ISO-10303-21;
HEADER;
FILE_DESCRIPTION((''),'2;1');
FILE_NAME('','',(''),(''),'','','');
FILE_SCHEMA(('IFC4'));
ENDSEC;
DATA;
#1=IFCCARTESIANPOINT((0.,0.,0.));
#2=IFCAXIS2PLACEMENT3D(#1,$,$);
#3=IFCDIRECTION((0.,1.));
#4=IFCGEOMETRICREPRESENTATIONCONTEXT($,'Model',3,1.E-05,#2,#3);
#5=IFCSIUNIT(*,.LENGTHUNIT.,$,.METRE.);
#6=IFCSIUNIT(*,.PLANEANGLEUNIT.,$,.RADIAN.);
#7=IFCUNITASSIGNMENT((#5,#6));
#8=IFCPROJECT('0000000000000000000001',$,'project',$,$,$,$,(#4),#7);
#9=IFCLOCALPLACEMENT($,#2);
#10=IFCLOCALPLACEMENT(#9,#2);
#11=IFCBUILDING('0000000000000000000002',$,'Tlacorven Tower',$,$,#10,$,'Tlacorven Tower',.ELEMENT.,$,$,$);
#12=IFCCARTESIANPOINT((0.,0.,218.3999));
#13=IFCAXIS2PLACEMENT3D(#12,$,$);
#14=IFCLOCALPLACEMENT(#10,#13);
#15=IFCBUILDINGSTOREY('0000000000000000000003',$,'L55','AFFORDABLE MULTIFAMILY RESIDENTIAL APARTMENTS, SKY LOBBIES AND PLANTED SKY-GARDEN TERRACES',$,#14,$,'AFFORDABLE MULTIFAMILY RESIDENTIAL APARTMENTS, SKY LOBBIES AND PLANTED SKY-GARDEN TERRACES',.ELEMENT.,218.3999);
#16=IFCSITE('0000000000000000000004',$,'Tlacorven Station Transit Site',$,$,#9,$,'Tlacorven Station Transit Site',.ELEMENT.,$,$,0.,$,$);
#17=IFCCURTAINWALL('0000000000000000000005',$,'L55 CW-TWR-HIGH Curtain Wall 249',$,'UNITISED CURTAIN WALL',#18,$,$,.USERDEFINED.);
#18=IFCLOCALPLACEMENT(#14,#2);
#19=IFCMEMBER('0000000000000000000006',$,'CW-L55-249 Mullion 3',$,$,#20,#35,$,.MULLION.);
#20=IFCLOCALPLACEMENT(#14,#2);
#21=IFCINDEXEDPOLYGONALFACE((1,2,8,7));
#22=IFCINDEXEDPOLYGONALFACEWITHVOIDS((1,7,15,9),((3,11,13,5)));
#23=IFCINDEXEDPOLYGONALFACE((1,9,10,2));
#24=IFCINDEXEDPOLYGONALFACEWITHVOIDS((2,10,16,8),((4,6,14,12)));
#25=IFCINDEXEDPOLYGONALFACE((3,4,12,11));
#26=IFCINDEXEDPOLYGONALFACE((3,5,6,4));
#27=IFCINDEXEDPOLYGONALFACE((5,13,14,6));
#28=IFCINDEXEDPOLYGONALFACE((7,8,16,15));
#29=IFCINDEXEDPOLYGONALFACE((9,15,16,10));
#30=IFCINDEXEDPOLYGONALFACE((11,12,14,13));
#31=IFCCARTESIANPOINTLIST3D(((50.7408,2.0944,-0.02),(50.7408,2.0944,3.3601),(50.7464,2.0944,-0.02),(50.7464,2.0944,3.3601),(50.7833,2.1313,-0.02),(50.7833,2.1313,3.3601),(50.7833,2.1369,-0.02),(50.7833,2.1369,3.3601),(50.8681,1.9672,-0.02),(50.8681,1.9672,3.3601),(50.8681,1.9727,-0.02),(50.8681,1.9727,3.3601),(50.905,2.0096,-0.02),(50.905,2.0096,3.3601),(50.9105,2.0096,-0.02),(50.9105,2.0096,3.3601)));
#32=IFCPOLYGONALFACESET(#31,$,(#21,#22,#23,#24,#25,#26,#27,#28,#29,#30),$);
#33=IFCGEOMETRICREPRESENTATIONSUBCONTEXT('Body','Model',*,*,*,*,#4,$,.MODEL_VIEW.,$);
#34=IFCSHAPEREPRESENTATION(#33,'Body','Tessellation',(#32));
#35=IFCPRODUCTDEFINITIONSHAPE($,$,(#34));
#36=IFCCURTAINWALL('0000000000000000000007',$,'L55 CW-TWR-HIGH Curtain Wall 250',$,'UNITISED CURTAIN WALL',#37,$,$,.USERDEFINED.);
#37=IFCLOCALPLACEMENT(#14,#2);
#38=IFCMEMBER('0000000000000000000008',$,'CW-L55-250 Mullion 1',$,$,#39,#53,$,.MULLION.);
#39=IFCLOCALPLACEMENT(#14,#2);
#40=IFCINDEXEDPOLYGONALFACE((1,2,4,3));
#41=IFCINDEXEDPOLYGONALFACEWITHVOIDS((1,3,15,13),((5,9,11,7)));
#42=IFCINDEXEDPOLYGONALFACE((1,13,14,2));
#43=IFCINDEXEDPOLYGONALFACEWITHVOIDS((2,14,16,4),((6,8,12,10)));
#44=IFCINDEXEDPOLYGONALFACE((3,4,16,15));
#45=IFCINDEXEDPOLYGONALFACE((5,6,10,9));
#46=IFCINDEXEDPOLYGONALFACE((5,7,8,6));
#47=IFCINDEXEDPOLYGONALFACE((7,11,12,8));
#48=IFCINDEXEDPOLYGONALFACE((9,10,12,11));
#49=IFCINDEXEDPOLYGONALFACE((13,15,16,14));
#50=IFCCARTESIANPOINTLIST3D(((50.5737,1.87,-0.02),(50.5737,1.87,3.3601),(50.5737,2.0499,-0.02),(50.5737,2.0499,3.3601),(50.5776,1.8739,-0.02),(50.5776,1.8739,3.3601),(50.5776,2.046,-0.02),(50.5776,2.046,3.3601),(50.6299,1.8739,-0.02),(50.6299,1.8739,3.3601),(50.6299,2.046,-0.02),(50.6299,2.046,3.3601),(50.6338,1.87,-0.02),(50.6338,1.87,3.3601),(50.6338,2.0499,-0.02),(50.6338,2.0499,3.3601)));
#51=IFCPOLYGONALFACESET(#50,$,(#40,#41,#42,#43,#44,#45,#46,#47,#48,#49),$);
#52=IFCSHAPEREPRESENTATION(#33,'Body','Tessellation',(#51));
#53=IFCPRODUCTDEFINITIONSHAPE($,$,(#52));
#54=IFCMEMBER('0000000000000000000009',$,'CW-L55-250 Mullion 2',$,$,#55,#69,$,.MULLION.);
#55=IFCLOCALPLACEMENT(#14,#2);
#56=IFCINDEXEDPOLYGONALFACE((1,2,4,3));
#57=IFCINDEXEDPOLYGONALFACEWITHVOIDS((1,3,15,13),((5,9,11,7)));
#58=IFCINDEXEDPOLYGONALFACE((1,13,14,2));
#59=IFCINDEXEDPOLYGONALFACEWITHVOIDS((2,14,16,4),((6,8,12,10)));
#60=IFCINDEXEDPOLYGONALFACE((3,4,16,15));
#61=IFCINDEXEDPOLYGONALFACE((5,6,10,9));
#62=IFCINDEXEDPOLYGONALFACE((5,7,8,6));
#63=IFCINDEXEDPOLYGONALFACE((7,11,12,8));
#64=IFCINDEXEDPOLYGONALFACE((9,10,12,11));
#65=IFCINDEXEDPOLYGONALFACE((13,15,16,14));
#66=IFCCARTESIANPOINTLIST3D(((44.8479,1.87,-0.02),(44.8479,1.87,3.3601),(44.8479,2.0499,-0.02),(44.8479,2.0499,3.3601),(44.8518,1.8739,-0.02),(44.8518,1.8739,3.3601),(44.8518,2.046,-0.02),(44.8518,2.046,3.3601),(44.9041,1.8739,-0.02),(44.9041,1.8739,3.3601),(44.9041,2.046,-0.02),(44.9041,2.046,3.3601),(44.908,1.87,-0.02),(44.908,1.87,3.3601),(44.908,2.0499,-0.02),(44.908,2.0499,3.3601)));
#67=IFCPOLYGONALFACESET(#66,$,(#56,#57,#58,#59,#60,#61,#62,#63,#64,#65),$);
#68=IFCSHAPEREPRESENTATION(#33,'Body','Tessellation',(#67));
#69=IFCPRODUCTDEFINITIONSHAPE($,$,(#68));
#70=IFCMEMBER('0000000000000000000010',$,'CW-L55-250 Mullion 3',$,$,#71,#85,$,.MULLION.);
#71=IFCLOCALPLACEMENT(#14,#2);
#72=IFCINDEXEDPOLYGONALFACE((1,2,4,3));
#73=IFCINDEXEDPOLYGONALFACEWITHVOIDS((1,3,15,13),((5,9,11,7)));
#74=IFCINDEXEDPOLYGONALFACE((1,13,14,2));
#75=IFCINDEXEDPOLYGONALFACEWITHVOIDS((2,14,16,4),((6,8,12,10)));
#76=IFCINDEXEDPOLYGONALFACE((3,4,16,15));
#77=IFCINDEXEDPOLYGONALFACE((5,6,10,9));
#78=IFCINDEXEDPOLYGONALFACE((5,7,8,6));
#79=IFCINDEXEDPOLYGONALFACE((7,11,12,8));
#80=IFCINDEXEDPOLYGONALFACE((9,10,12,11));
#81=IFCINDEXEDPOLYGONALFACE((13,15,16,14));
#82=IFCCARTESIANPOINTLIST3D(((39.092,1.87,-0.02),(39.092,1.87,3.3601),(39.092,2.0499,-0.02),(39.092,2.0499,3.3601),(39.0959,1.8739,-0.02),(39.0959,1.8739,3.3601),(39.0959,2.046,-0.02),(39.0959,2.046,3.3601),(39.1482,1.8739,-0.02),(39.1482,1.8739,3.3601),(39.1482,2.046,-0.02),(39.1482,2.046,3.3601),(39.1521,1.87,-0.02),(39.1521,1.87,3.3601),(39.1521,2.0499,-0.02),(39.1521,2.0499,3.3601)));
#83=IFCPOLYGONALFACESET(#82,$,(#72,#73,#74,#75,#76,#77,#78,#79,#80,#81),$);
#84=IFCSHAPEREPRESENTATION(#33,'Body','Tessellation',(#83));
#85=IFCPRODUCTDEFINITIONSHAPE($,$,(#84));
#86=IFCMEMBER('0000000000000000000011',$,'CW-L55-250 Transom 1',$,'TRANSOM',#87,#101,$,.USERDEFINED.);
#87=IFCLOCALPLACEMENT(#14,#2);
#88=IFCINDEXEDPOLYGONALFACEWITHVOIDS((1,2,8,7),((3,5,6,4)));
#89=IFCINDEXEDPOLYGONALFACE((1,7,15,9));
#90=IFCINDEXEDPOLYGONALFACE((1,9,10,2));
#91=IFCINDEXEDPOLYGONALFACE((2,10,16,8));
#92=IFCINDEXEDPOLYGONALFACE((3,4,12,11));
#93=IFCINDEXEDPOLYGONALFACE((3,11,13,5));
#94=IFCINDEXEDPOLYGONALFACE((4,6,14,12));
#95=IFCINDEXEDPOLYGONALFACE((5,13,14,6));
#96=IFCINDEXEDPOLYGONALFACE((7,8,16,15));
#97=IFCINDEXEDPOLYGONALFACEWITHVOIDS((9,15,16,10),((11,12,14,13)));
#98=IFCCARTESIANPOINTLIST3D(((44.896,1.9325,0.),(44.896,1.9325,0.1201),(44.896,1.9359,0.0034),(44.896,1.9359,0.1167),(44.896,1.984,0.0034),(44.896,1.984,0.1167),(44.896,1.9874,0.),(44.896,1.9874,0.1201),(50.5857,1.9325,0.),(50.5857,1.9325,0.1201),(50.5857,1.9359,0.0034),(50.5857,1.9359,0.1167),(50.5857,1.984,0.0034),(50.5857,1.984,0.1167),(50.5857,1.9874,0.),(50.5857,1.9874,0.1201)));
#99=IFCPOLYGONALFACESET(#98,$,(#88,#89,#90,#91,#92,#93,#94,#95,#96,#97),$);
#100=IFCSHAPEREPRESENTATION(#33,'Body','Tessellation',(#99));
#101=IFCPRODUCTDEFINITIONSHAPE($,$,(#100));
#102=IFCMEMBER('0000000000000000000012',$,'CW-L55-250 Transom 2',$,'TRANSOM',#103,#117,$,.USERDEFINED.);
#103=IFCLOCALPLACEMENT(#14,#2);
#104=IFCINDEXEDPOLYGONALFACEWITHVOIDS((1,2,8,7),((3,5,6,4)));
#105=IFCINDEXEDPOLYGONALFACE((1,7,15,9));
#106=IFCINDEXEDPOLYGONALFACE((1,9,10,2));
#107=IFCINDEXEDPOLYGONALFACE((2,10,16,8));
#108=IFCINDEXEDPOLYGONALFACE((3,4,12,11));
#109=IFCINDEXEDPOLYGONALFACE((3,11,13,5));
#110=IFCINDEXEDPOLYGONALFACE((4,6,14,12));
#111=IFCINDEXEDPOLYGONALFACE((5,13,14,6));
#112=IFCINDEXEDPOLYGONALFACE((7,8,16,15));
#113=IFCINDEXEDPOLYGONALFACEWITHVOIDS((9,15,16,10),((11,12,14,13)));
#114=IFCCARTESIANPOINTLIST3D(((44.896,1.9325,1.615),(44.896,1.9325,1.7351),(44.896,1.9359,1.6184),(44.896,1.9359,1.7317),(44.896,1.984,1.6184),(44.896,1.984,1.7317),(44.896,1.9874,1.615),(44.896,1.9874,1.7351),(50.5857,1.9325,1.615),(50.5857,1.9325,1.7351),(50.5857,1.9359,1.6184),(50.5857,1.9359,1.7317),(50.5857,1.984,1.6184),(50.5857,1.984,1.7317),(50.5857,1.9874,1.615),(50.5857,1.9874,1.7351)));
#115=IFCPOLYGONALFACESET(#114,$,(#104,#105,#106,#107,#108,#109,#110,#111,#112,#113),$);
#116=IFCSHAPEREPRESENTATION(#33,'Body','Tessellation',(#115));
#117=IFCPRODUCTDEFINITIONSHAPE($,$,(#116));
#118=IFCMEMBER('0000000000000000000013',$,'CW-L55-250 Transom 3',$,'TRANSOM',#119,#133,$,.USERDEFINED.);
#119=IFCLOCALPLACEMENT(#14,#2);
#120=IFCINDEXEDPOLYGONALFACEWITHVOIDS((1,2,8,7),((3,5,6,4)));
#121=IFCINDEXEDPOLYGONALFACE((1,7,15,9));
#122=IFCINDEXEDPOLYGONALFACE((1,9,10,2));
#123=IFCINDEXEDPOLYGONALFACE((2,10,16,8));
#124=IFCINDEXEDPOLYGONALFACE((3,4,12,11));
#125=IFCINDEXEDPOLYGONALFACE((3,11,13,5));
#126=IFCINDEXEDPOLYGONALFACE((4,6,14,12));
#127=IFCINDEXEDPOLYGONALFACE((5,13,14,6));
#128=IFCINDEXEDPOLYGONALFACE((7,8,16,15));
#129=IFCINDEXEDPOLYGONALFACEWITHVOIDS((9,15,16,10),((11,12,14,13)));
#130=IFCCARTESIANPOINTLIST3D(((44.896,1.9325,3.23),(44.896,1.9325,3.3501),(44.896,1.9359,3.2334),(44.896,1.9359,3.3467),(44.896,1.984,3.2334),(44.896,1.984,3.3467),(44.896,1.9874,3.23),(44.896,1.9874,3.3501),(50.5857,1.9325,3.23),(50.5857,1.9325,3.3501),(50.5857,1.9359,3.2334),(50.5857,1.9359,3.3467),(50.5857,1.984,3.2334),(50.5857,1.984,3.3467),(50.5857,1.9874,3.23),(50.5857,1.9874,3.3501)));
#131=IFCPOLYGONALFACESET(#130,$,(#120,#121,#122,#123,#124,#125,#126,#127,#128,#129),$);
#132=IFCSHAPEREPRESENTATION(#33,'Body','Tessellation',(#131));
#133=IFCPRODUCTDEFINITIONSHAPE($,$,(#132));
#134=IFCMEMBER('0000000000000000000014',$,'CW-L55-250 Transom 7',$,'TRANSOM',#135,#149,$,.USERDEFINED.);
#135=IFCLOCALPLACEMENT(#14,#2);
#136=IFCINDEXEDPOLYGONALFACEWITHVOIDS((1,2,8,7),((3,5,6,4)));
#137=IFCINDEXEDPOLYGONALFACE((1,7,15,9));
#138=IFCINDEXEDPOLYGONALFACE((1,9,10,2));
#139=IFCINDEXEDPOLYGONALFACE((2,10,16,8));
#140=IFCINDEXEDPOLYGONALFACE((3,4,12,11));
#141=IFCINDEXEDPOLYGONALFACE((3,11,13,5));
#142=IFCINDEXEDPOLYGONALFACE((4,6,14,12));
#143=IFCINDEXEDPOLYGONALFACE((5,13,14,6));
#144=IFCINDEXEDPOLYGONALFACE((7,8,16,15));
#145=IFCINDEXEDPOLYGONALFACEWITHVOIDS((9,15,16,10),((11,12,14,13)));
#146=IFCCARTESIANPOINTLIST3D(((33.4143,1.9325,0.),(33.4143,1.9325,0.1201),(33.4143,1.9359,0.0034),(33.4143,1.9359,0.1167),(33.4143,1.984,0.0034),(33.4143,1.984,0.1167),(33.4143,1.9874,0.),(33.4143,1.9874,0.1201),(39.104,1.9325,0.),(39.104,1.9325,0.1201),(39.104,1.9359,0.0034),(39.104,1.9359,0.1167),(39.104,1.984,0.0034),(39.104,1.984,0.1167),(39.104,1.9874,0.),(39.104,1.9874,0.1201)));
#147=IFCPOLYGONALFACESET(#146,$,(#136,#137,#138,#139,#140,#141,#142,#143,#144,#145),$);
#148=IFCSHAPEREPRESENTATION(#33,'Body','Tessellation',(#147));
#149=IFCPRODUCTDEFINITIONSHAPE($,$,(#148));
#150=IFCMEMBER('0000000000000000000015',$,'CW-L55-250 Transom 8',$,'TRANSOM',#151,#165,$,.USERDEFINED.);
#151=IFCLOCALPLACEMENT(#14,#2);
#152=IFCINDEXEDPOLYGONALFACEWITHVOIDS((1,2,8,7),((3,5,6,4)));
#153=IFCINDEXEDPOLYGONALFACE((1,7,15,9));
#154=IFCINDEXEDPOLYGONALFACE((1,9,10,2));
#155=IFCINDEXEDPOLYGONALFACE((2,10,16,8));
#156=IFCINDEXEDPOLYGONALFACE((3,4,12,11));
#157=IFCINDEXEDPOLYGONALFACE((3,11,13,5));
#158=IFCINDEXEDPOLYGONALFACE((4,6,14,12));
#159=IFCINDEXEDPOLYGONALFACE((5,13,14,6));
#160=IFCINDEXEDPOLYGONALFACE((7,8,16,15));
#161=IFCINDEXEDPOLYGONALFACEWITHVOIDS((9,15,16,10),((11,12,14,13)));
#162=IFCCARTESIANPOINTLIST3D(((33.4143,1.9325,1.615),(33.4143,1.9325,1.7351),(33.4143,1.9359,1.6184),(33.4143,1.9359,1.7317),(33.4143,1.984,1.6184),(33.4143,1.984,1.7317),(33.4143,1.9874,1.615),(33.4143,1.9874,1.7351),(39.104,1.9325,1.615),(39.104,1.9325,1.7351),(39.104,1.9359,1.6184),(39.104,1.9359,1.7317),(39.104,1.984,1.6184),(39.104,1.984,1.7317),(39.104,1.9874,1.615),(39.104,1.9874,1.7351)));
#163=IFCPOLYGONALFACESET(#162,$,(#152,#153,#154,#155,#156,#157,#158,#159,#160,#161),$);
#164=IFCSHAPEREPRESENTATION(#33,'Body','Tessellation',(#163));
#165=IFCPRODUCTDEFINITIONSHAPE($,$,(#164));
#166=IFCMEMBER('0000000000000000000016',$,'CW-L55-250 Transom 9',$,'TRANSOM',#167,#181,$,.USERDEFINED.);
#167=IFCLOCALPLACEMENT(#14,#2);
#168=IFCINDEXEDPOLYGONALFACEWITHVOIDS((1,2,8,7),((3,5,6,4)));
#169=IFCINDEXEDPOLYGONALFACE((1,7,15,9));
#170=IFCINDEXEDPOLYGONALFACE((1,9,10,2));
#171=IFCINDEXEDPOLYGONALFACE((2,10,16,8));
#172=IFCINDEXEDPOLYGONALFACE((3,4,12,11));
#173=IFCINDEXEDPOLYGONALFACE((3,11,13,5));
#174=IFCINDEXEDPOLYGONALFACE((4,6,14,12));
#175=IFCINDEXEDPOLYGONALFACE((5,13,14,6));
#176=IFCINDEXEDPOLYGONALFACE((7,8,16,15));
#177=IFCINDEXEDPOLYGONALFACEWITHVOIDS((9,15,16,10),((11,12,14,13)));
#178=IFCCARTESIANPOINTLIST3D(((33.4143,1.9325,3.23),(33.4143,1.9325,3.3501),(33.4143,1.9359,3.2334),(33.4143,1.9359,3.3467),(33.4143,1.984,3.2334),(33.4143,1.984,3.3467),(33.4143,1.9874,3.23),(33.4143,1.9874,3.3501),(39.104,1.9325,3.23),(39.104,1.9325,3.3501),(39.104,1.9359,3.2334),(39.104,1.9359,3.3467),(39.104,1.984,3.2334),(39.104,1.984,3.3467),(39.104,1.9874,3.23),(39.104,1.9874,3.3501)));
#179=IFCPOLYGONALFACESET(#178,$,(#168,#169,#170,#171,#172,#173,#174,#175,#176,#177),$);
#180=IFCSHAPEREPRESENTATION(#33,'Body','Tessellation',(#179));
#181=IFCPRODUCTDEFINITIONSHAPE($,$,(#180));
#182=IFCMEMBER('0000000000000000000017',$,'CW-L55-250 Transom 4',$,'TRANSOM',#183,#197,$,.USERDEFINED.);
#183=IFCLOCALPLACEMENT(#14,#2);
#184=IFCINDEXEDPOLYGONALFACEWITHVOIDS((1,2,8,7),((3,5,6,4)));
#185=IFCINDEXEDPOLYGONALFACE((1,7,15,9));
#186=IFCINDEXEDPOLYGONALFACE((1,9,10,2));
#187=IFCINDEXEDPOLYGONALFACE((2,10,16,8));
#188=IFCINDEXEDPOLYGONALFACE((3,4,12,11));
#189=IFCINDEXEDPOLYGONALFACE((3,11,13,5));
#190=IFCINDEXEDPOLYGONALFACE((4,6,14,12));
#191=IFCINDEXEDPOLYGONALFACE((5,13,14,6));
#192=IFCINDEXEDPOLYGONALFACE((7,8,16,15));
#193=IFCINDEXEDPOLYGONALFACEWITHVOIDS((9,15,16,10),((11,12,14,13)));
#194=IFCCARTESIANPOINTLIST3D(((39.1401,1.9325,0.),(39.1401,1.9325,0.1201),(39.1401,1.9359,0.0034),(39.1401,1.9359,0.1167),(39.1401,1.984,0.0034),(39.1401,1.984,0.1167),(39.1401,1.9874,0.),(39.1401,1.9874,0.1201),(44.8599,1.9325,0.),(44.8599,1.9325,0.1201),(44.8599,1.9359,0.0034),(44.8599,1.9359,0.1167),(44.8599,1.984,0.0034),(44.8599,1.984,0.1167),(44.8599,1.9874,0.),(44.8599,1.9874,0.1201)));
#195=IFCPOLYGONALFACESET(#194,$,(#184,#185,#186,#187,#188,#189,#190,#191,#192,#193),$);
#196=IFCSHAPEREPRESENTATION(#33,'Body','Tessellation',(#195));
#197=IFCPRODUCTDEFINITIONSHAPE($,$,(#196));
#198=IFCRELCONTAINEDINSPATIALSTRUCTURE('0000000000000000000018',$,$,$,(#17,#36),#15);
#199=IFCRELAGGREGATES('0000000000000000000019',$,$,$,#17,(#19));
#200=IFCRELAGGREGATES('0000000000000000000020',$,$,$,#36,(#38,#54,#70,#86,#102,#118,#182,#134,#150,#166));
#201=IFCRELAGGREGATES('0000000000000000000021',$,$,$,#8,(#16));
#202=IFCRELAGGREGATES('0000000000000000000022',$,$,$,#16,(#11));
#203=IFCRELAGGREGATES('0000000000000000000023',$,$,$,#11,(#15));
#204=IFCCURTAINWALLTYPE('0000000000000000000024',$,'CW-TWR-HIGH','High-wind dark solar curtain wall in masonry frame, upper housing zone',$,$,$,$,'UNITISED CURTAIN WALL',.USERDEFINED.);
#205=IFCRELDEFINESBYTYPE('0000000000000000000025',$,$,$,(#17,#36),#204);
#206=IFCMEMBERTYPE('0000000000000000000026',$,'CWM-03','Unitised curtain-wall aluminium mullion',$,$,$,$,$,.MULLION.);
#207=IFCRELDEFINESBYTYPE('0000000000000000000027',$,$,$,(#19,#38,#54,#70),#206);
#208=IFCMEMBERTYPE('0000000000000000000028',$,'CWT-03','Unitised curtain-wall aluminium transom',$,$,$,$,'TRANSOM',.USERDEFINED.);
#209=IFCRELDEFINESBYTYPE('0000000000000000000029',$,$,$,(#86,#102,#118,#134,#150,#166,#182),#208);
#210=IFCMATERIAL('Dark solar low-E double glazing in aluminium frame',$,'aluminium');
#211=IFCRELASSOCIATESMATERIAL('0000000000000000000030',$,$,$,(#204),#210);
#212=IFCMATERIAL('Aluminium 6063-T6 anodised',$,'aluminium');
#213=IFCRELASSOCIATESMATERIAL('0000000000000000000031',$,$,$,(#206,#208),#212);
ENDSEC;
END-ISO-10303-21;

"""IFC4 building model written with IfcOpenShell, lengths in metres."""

from ifc_helpers import new_model, si_unit, direction, frame, origin, origin_2d, place, context, subcontext, project, spatial, hollow_rectangle, extrude, source, transform, mapped, material, material_profile, profile_set, type_object, element, aggregate, save


model = new_model("IFC4")

# Units and contexts
model_context = context("Model", 3, precision=1e-05, world=origin(), true_north=direction((0.0, 1.0)))
body_context = subcontext(model_context, "Body", "Model", "MODEL_VIEW")
ifc_project = project(units=[si_unit("LENGTHUNIT", "METRE"), si_unit("PLANEANGLEUNIT", "RADIAN")], contexts=[model_context])

# Site, building, storey
site_placement = place(None, origin())
site = spatial("IfcSite", under=ifc_project, at=site_placement, Name="Tlacorven Station Transit Site", LongName="Tlacorven Station Transit Site", CompositionType="ELEMENT", RefElevation=0.0)
building_placement = place(site_placement, origin())
building = spatial("IfcBuilding", under=site, at=building_placement, Name="Tlacorven Tower", LongName="Tlacorven Tower", CompositionType="ELEMENT")
storey_placement = place(building_placement, frame((0.0, 0.0, 218.3999)))
storey = spatial("IfcBuildingStorey", under=building, at=storey_placement, Name="L55", Description="AFFORDABLE MULTIFAMILY RESIDENTIAL APARTMENTS, SKY LOBBIES AND PLANTED SKY-GARDEN TERRACES", LongName="AFFORDABLE MULTIFAMILY RESIDENTIAL APARTMENTS, SKY LOBBIES AND PLANTED SKY-GARDEN TERRACES", CompositionType="ELEMENT", Elevation=218.3999)

# Curtain wall, member
ifc_material_1 = material(Name="Dark solar low-E double glazing in aluminium frame", Category="aluminium")
curtain_wall_type = type_object("IfcCurtainWallType", Name="CW-TWR-HIGH", Description="High-wind dark solar curtain wall in masonry frame, upper housing zone", ElementType="UNITISED CURTAIN WALL", PredefinedType="USERDEFINED", material=ifc_material_1)
curtain_wall_1_placement = place(storey_placement, origin())
curtain_wall_1 = element("IfcCurtainWall", 1, at=curtain_wall_1_placement, inside=storey, type_object=curtain_wall_type, Name="L55 CW-TWR-HIGH Curtain Wall 249", ObjectType="UNITISED CURTAIN WALL", PredefinedType="USERDEFINED")
ifc_material_2 = material(Name="Aluminium 6063-T6 anodised", Category="aluminium")
ifc_material_profile_1 = material_profile(ifc_material_2, hollow_rectangle(XDim=0.0601, YDim=0.1799, WallThickness=0.0039, at=origin_2d()), Name="ALU MULLION 60X180")
ifc_profile_set_1 = profile_set([ifc_material_profile_1], Name="Aluminium 6063-T6 anodised")
member_type_1 = type_object("IfcMemberType", Name="CWM-03", Description="Unitised curtain-wall aluminium mullion", PredefinedType="MULLION", material=ifc_profile_set_1)
shared_shape_1 = source(origin(), body_context, "Body", "SweptSolid", [
    extrude(hollow_rectangle(XDim=0.0601, YDim=0.1799, WallThickness=0.0039, at=origin_2d()), origin(), (0.0, 0.0, 1.0), 3.3801),
])
member_1_placement = place(storey_placement, frame((50.8257, 2.052, -0.02), z_axis=(0.0, 0.0, 1.0), x_axis=(-0.707107, -0.707107, 0.0)))
member_1 = element("IfcMember", 2, at=member_1_placement, type_object=member_type_1, Name="CW-L55-249 Mullion 3", PredefinedType="MULLION", context=body_context, shape_type="MappedRepresentation", body=[
    mapped(shared_shape_1, transform((0.0, 0.0, 0.0), scale=1.0)),
])

# Curtain wall, members
curtain_wall_2_placement = place(storey_placement, origin())
curtain_wall_2 = element("IfcCurtainWall", 3, at=curtain_wall_2_placement, inside=storey, type_object=curtain_wall_type, Name="L55 CW-TWR-HIGH Curtain Wall 250", ObjectType="UNITISED CURTAIN WALL", PredefinedType="USERDEFINED")
member_2_placement = place(storey_placement, frame((50.6038, 1.96, -0.02), z_axis=(0.0, 0.0, 1.0), x_axis=(-1.0, 0.0, 0.0)))
member_2 = element("IfcMember", 4, at=member_2_placement, type_object=member_type_1, Name="CW-L55-250 Mullion 1", PredefinedType="MULLION", context=body_context, shape_type="MappedRepresentation", body=[
    mapped(shared_shape_1, transform((0.0, 0.0, 0.0), scale=1.0)),
])
member_3_placement = place(storey_placement, frame((44.8779, 1.96, -0.02), z_axis=(0.0, 0.0, 1.0), x_axis=(-1.0, 0.0, 0.0)))
member_3 = element("IfcMember", 5, at=member_3_placement, type_object=member_type_1, Name="CW-L55-250 Mullion 2", PredefinedType="MULLION", context=body_context, shape_type="MappedRepresentation", body=[
    mapped(shared_shape_1, transform((0.0, 0.0, 0.0), scale=1.0)),
])
member_4_placement = place(storey_placement, frame((39.1221, 1.96, -0.02), z_axis=(0.0, 0.0, 1.0), x_axis=(-1.0, 0.0, 0.0)))
member_4 = element("IfcMember", 6, at=member_4_placement, type_object=member_type_1, Name="CW-L55-250 Mullion 3", PredefinedType="MULLION", context=body_context, shape_type="MappedRepresentation", body=[
    mapped(shared_shape_1, transform((0.0, 0.0, 0.0), scale=1.0)),
])
ifc_material_profile_2 = material_profile(ifc_material_2, hollow_rectangle(XDim=0.0549, YDim=0.1201, WallThickness=0.0034, at=origin_2d()), Name="ALU TRANSOM 55X120")
ifc_profile_set_2 = profile_set([ifc_material_profile_2], Name="Aluminium 6063-T6 anodised")
member_type_2 = type_object("IfcMemberType", Name="CWT-03", Description="Unitised curtain-wall aluminium transom", ElementType="TRANSOM", PredefinedType="USERDEFINED", material=ifc_profile_set_2)
shared_shape_2 = source(origin(), body_context, "Body", "SweptSolid", [
    extrude(hollow_rectangle(XDim=0.0549, YDim=0.1201, WallThickness=0.0034, at=origin_2d()), origin(), (0.0, 0.0, 1.0), 5.6897),
])
member_5_placement = place(storey_placement, frame((50.5857, 1.96, 0.0601), z_axis=(-1.0, 0.0, 0.0), x_axis=(0.0, -1.0, 0.0)))
member_5 = element("IfcMember", 7, at=member_5_placement, type_object=member_type_2, Name="CW-L55-250 Transom 1", ObjectType="TRANSOM", PredefinedType="USERDEFINED", context=body_context, shape_type="MappedRepresentation", body=[
    mapped(shared_shape_2, transform((0.0, 0.0, 0.0), scale=1.0)),
])
member_6_placement = place(storey_placement, frame((50.5857, 1.96, 1.675), z_axis=(-1.0, 0.0, 0.0), x_axis=(0.0, -1.0, 0.0)))
member_6 = element("IfcMember", 8, at=member_6_placement, type_object=member_type_2, Name="CW-L55-250 Transom 2", ObjectType="TRANSOM", PredefinedType="USERDEFINED", context=body_context, shape_type="MappedRepresentation", body=[
    mapped(shared_shape_2, transform((0.0, 0.0, 0.0), scale=1.0)),
])
member_7_placement = place(storey_placement, frame((50.5857, 1.96, 3.29), z_axis=(-1.0, 0.0, 0.0), x_axis=(0.0, -1.0, 0.0)))
member_7 = element("IfcMember", 9, at=member_7_placement, type_object=member_type_2, Name="CW-L55-250 Transom 3", ObjectType="TRANSOM", PredefinedType="USERDEFINED", context=body_context, shape_type="MappedRepresentation", body=[
    mapped(shared_shape_2, transform((0.0, 0.0, 0.0), scale=1.0)),
])
member_8_placement = place(storey_placement, frame((39.104, 1.96, 0.0601), z_axis=(-1.0, 0.0, 0.0), x_axis=(0.0, -1.0, 0.0)))
member_8 = element("IfcMember", 10, at=member_8_placement, type_object=member_type_2, Name="CW-L55-250 Transom 7", ObjectType="TRANSOM", PredefinedType="USERDEFINED", context=body_context, shape_type="MappedRepresentation", body=[
    mapped(shared_shape_2, transform((0.0, 0.0, 0.0), scale=1.0)),
])
member_9_placement = place(storey_placement, frame((39.104, 1.96, 1.675), z_axis=(-1.0, 0.0, 0.0), x_axis=(0.0, -1.0, 0.0)))
member_9 = element("IfcMember", 11, at=member_9_placement, type_object=member_type_2, Name="CW-L55-250 Transom 8", ObjectType="TRANSOM", PredefinedType="USERDEFINED", context=body_context, shape_type="MappedRepresentation", body=[
    mapped(shared_shape_2, transform((0.0, 0.0, 0.0), scale=1.0)),
])
member_10_placement = place(storey_placement, frame((39.104, 1.96, 3.29), z_axis=(-1.0, 0.0, 0.0), x_axis=(0.0, -1.0, 0.0)))
member_10 = element("IfcMember", 12, at=member_10_placement, type_object=member_type_2, Name="CW-L55-250 Transom 9", ObjectType="TRANSOM", PredefinedType="USERDEFINED", context=body_context, shape_type="MappedRepresentation", body=[
    mapped(shared_shape_2, transform((0.0, 0.0, 0.0), scale=1.0)),
])
shared_shape_3 = source(origin(), body_context, "Body", "SweptSolid", [
    extrude(hollow_rectangle(XDim=0.0549, YDim=0.1201, WallThickness=0.0034, at=origin_2d()), origin(), (0.0, 0.0, 1.0), 5.7197),
])
member_11_placement = place(storey_placement, frame((44.8599, 1.96, 0.0601), z_axis=(-1.0, 0.0, 0.0), x_axis=(0.0, -1.0, 0.0)))
member_11 = element("IfcMember", 13, at=member_11_placement, type_object=member_type_2, Name="CW-L55-250 Transom 4", ObjectType="TRANSOM", PredefinedType="USERDEFINED", context=body_context, shape_type="MappedRepresentation", body=[
    mapped(shared_shape_3, transform((0.0, 0.0, 0.0), scale=1.0)),
])

aggregate(curtain_wall_1, [member_1])
aggregate(curtain_wall_2, [member_2, member_3, member_4, member_5, member_6, member_7, member_11, member_8, member_9, member_10])

save(model, "model.ifc")
